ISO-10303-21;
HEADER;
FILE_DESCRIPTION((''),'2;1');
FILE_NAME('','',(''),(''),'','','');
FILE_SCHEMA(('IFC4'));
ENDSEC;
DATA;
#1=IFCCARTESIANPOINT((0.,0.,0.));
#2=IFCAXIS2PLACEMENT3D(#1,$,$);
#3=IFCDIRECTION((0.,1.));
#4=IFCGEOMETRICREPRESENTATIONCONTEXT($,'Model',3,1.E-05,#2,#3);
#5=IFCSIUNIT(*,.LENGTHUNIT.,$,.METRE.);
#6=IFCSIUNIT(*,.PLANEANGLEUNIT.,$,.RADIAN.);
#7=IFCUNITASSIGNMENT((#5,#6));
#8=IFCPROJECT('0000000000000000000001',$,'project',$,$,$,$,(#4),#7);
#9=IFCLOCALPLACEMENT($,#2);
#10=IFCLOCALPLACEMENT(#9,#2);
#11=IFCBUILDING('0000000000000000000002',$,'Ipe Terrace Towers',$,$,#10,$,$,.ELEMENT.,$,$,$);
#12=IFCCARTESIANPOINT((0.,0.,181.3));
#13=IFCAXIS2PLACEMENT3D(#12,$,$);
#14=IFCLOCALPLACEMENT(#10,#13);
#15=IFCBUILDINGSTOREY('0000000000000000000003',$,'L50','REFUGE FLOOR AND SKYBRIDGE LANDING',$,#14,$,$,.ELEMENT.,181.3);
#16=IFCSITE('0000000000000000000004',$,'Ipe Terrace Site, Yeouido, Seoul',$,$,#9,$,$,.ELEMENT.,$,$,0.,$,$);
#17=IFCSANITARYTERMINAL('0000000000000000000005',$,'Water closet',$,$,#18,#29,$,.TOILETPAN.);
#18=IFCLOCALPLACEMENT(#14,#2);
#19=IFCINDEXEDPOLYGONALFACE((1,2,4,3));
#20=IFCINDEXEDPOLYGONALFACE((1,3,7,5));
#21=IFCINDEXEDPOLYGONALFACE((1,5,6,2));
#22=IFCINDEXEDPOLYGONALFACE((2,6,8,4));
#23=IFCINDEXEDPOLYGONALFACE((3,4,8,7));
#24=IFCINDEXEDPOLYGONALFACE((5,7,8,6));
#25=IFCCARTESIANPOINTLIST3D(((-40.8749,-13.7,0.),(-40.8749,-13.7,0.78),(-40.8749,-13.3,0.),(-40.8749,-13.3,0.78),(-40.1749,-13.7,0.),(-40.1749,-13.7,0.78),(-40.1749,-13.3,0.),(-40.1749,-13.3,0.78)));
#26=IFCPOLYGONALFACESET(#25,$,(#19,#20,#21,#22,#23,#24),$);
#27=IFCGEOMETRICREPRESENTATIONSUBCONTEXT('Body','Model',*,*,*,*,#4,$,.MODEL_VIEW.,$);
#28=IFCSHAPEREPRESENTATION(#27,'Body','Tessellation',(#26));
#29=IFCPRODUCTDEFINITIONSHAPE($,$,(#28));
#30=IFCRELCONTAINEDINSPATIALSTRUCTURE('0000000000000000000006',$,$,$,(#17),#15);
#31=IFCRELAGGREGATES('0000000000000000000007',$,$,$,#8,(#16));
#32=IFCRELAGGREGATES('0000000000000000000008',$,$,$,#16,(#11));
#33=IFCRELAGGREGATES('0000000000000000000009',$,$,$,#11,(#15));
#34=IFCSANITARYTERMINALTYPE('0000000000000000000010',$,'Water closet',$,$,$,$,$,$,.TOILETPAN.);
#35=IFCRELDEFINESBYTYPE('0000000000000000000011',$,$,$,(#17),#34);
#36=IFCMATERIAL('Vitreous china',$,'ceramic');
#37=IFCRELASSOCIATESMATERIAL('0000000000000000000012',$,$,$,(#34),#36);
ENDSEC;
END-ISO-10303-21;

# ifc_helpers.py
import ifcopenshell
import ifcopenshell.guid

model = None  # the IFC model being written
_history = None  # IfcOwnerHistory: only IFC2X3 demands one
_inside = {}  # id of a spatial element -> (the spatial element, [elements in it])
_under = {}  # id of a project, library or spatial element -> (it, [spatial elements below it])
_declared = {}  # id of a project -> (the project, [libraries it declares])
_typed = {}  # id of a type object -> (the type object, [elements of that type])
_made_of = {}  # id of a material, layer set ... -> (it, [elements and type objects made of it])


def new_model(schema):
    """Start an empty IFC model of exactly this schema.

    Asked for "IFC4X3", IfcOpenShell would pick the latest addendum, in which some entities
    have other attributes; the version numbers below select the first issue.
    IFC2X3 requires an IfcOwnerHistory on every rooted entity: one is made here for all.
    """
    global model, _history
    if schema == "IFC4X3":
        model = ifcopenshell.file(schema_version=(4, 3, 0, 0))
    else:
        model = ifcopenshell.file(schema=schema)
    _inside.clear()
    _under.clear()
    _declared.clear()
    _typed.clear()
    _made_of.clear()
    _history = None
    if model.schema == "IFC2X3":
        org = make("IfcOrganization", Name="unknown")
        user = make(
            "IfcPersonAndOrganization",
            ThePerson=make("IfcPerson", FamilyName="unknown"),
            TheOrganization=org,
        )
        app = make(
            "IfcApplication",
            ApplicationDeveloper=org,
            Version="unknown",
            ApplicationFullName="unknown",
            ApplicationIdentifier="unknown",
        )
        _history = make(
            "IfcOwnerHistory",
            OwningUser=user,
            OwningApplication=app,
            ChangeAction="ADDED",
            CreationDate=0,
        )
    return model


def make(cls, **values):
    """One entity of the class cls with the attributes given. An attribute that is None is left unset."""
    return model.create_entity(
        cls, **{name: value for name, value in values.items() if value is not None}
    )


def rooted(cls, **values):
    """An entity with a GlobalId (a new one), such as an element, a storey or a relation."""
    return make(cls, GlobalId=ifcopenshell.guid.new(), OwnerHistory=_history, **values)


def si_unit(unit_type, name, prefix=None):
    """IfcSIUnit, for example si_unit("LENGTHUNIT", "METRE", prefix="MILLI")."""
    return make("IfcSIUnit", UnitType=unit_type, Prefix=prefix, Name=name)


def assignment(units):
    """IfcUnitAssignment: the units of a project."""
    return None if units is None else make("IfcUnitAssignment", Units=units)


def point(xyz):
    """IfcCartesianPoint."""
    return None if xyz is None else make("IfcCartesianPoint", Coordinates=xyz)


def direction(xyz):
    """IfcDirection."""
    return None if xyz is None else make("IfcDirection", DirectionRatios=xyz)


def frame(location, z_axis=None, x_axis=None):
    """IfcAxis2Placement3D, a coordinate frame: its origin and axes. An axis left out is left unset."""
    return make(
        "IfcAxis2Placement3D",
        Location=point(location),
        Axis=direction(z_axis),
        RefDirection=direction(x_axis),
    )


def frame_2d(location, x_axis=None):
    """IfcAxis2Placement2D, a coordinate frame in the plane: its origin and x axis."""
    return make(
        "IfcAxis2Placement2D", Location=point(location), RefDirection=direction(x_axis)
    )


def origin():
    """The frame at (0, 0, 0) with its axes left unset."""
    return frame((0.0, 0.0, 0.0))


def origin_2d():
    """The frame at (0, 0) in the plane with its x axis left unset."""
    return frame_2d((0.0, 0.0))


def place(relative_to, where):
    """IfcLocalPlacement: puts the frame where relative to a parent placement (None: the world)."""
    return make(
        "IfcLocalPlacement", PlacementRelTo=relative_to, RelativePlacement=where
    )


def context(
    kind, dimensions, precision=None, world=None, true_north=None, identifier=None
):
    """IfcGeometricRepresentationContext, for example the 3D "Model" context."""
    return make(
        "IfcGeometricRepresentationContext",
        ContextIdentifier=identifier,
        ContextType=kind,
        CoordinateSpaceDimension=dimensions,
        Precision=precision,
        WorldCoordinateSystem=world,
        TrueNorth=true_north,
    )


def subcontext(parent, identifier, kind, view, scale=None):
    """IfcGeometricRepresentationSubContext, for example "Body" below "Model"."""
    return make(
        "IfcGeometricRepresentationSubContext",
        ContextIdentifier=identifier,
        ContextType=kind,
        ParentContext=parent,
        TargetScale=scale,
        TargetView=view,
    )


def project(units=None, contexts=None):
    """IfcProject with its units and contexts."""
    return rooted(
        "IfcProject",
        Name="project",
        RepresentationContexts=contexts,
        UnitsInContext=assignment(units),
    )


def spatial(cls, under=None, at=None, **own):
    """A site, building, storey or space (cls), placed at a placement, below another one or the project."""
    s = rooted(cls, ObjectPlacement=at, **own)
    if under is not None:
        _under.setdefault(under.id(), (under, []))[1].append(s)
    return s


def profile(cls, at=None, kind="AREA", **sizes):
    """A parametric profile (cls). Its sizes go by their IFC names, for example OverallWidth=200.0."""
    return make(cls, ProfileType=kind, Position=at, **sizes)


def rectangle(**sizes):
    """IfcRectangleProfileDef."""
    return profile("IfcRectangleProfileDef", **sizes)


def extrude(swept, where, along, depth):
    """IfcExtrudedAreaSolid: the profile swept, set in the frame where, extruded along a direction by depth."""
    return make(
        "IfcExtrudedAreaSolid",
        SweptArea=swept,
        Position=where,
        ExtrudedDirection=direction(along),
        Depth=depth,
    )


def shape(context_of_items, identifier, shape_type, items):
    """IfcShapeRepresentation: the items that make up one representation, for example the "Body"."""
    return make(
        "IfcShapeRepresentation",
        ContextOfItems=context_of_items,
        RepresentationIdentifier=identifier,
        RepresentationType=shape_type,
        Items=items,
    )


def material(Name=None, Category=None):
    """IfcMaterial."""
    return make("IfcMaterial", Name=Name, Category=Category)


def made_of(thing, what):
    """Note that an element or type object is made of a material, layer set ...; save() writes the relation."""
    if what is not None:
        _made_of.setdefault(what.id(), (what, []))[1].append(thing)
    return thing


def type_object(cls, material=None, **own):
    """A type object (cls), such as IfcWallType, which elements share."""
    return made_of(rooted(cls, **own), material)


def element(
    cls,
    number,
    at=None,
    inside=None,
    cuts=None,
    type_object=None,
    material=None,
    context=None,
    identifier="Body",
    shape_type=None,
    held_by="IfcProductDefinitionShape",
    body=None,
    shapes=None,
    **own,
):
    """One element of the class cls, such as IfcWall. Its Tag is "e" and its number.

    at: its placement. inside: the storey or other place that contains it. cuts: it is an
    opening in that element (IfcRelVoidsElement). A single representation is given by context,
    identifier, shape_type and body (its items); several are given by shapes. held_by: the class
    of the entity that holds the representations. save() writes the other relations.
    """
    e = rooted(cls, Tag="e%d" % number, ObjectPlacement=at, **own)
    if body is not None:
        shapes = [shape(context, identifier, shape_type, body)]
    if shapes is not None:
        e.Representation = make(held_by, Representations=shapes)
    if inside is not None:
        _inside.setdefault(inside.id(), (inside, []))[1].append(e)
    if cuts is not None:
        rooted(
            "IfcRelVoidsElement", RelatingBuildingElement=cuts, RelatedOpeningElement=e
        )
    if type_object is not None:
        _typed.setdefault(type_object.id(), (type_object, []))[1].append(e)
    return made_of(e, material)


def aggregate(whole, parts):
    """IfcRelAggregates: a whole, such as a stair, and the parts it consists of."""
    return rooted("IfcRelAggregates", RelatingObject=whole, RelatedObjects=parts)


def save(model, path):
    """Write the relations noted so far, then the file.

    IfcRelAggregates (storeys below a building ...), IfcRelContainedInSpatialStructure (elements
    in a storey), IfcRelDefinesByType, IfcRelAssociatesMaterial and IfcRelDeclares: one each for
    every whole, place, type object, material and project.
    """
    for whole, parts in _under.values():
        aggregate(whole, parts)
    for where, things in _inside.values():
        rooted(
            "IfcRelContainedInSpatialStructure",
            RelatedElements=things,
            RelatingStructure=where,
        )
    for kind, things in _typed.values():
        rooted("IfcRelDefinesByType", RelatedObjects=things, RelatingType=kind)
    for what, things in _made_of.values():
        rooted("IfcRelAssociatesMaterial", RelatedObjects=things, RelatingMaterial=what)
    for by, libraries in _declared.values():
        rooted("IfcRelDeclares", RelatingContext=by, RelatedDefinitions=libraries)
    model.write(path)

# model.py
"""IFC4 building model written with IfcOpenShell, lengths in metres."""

from ifc_helpers import new_model, si_unit, direction, frame, origin, origin_2d, place, context, subcontext, project, spatial, rectangle, extrude, material, type_object, element, save


model = new_model("IFC4")

# Units and contexts
model_context = context("Model", 3, precision=1e-05, world=origin(), true_north=direction((0.0, 1.0)))
body_context = subcontext(model_context, "Body", "Model", "MODEL_VIEW")
ifc_project = project(units=[si_unit("LENGTHUNIT", "METRE"), si_unit("PLANEANGLEUNIT", "RADIAN")], contexts=[model_context])

# Site, building, storey
site_placement = place(None, origin())
site = spatial("IfcSite", under=ifc_project, at=site_placement, Name="Ipe Terrace Site, Yeouido, Seoul", CompositionType="ELEMENT", RefElevation=0.0)
building_placement = place(site_placement, origin())
building = spatial("IfcBuilding", under=site, at=building_placement, Name="Ipe Terrace Towers", CompositionType="ELEMENT")
storey_placement = place(building_placement, frame((0.0, 0.0, 181.3)))
storey = spatial("IfcBuildingStorey", under=building, at=storey_placement, Name="L50", Description="REFUGE FLOOR AND SKYBRIDGE LANDING", CompositionType="ELEMENT", Elevation=181.3)

# Sanitary terminal
ifc_material_1 = material(Name="Vitreous china", Category="ceramic")
sanitary_terminal_type = type_object("IfcSanitaryTerminalType", Name="Water closet", PredefinedType="TOILETPAN", material=ifc_material_1)
sanitary_terminal_placement = place(storey_placement, frame((-40.5249, -13.5, 0.0), z_axis=(0.0, 0.0, 1.0), x_axis=(1.0, 0.0, 0.0)))
element("IfcSanitaryTerminal", 1, at=sanitary_terminal_placement, inside=storey, type_object=sanitary_terminal_type, Name="Water closet", PredefinedType="TOILETPAN", context=body_context, shape_type="SweptSolid", body=[
    extrude(rectangle(XDim=0.7, YDim=0.3999, at=origin_2d()), origin(), (0.0, 0.0, 1.0), 0.78),
])

save(model, "model.ifc")
